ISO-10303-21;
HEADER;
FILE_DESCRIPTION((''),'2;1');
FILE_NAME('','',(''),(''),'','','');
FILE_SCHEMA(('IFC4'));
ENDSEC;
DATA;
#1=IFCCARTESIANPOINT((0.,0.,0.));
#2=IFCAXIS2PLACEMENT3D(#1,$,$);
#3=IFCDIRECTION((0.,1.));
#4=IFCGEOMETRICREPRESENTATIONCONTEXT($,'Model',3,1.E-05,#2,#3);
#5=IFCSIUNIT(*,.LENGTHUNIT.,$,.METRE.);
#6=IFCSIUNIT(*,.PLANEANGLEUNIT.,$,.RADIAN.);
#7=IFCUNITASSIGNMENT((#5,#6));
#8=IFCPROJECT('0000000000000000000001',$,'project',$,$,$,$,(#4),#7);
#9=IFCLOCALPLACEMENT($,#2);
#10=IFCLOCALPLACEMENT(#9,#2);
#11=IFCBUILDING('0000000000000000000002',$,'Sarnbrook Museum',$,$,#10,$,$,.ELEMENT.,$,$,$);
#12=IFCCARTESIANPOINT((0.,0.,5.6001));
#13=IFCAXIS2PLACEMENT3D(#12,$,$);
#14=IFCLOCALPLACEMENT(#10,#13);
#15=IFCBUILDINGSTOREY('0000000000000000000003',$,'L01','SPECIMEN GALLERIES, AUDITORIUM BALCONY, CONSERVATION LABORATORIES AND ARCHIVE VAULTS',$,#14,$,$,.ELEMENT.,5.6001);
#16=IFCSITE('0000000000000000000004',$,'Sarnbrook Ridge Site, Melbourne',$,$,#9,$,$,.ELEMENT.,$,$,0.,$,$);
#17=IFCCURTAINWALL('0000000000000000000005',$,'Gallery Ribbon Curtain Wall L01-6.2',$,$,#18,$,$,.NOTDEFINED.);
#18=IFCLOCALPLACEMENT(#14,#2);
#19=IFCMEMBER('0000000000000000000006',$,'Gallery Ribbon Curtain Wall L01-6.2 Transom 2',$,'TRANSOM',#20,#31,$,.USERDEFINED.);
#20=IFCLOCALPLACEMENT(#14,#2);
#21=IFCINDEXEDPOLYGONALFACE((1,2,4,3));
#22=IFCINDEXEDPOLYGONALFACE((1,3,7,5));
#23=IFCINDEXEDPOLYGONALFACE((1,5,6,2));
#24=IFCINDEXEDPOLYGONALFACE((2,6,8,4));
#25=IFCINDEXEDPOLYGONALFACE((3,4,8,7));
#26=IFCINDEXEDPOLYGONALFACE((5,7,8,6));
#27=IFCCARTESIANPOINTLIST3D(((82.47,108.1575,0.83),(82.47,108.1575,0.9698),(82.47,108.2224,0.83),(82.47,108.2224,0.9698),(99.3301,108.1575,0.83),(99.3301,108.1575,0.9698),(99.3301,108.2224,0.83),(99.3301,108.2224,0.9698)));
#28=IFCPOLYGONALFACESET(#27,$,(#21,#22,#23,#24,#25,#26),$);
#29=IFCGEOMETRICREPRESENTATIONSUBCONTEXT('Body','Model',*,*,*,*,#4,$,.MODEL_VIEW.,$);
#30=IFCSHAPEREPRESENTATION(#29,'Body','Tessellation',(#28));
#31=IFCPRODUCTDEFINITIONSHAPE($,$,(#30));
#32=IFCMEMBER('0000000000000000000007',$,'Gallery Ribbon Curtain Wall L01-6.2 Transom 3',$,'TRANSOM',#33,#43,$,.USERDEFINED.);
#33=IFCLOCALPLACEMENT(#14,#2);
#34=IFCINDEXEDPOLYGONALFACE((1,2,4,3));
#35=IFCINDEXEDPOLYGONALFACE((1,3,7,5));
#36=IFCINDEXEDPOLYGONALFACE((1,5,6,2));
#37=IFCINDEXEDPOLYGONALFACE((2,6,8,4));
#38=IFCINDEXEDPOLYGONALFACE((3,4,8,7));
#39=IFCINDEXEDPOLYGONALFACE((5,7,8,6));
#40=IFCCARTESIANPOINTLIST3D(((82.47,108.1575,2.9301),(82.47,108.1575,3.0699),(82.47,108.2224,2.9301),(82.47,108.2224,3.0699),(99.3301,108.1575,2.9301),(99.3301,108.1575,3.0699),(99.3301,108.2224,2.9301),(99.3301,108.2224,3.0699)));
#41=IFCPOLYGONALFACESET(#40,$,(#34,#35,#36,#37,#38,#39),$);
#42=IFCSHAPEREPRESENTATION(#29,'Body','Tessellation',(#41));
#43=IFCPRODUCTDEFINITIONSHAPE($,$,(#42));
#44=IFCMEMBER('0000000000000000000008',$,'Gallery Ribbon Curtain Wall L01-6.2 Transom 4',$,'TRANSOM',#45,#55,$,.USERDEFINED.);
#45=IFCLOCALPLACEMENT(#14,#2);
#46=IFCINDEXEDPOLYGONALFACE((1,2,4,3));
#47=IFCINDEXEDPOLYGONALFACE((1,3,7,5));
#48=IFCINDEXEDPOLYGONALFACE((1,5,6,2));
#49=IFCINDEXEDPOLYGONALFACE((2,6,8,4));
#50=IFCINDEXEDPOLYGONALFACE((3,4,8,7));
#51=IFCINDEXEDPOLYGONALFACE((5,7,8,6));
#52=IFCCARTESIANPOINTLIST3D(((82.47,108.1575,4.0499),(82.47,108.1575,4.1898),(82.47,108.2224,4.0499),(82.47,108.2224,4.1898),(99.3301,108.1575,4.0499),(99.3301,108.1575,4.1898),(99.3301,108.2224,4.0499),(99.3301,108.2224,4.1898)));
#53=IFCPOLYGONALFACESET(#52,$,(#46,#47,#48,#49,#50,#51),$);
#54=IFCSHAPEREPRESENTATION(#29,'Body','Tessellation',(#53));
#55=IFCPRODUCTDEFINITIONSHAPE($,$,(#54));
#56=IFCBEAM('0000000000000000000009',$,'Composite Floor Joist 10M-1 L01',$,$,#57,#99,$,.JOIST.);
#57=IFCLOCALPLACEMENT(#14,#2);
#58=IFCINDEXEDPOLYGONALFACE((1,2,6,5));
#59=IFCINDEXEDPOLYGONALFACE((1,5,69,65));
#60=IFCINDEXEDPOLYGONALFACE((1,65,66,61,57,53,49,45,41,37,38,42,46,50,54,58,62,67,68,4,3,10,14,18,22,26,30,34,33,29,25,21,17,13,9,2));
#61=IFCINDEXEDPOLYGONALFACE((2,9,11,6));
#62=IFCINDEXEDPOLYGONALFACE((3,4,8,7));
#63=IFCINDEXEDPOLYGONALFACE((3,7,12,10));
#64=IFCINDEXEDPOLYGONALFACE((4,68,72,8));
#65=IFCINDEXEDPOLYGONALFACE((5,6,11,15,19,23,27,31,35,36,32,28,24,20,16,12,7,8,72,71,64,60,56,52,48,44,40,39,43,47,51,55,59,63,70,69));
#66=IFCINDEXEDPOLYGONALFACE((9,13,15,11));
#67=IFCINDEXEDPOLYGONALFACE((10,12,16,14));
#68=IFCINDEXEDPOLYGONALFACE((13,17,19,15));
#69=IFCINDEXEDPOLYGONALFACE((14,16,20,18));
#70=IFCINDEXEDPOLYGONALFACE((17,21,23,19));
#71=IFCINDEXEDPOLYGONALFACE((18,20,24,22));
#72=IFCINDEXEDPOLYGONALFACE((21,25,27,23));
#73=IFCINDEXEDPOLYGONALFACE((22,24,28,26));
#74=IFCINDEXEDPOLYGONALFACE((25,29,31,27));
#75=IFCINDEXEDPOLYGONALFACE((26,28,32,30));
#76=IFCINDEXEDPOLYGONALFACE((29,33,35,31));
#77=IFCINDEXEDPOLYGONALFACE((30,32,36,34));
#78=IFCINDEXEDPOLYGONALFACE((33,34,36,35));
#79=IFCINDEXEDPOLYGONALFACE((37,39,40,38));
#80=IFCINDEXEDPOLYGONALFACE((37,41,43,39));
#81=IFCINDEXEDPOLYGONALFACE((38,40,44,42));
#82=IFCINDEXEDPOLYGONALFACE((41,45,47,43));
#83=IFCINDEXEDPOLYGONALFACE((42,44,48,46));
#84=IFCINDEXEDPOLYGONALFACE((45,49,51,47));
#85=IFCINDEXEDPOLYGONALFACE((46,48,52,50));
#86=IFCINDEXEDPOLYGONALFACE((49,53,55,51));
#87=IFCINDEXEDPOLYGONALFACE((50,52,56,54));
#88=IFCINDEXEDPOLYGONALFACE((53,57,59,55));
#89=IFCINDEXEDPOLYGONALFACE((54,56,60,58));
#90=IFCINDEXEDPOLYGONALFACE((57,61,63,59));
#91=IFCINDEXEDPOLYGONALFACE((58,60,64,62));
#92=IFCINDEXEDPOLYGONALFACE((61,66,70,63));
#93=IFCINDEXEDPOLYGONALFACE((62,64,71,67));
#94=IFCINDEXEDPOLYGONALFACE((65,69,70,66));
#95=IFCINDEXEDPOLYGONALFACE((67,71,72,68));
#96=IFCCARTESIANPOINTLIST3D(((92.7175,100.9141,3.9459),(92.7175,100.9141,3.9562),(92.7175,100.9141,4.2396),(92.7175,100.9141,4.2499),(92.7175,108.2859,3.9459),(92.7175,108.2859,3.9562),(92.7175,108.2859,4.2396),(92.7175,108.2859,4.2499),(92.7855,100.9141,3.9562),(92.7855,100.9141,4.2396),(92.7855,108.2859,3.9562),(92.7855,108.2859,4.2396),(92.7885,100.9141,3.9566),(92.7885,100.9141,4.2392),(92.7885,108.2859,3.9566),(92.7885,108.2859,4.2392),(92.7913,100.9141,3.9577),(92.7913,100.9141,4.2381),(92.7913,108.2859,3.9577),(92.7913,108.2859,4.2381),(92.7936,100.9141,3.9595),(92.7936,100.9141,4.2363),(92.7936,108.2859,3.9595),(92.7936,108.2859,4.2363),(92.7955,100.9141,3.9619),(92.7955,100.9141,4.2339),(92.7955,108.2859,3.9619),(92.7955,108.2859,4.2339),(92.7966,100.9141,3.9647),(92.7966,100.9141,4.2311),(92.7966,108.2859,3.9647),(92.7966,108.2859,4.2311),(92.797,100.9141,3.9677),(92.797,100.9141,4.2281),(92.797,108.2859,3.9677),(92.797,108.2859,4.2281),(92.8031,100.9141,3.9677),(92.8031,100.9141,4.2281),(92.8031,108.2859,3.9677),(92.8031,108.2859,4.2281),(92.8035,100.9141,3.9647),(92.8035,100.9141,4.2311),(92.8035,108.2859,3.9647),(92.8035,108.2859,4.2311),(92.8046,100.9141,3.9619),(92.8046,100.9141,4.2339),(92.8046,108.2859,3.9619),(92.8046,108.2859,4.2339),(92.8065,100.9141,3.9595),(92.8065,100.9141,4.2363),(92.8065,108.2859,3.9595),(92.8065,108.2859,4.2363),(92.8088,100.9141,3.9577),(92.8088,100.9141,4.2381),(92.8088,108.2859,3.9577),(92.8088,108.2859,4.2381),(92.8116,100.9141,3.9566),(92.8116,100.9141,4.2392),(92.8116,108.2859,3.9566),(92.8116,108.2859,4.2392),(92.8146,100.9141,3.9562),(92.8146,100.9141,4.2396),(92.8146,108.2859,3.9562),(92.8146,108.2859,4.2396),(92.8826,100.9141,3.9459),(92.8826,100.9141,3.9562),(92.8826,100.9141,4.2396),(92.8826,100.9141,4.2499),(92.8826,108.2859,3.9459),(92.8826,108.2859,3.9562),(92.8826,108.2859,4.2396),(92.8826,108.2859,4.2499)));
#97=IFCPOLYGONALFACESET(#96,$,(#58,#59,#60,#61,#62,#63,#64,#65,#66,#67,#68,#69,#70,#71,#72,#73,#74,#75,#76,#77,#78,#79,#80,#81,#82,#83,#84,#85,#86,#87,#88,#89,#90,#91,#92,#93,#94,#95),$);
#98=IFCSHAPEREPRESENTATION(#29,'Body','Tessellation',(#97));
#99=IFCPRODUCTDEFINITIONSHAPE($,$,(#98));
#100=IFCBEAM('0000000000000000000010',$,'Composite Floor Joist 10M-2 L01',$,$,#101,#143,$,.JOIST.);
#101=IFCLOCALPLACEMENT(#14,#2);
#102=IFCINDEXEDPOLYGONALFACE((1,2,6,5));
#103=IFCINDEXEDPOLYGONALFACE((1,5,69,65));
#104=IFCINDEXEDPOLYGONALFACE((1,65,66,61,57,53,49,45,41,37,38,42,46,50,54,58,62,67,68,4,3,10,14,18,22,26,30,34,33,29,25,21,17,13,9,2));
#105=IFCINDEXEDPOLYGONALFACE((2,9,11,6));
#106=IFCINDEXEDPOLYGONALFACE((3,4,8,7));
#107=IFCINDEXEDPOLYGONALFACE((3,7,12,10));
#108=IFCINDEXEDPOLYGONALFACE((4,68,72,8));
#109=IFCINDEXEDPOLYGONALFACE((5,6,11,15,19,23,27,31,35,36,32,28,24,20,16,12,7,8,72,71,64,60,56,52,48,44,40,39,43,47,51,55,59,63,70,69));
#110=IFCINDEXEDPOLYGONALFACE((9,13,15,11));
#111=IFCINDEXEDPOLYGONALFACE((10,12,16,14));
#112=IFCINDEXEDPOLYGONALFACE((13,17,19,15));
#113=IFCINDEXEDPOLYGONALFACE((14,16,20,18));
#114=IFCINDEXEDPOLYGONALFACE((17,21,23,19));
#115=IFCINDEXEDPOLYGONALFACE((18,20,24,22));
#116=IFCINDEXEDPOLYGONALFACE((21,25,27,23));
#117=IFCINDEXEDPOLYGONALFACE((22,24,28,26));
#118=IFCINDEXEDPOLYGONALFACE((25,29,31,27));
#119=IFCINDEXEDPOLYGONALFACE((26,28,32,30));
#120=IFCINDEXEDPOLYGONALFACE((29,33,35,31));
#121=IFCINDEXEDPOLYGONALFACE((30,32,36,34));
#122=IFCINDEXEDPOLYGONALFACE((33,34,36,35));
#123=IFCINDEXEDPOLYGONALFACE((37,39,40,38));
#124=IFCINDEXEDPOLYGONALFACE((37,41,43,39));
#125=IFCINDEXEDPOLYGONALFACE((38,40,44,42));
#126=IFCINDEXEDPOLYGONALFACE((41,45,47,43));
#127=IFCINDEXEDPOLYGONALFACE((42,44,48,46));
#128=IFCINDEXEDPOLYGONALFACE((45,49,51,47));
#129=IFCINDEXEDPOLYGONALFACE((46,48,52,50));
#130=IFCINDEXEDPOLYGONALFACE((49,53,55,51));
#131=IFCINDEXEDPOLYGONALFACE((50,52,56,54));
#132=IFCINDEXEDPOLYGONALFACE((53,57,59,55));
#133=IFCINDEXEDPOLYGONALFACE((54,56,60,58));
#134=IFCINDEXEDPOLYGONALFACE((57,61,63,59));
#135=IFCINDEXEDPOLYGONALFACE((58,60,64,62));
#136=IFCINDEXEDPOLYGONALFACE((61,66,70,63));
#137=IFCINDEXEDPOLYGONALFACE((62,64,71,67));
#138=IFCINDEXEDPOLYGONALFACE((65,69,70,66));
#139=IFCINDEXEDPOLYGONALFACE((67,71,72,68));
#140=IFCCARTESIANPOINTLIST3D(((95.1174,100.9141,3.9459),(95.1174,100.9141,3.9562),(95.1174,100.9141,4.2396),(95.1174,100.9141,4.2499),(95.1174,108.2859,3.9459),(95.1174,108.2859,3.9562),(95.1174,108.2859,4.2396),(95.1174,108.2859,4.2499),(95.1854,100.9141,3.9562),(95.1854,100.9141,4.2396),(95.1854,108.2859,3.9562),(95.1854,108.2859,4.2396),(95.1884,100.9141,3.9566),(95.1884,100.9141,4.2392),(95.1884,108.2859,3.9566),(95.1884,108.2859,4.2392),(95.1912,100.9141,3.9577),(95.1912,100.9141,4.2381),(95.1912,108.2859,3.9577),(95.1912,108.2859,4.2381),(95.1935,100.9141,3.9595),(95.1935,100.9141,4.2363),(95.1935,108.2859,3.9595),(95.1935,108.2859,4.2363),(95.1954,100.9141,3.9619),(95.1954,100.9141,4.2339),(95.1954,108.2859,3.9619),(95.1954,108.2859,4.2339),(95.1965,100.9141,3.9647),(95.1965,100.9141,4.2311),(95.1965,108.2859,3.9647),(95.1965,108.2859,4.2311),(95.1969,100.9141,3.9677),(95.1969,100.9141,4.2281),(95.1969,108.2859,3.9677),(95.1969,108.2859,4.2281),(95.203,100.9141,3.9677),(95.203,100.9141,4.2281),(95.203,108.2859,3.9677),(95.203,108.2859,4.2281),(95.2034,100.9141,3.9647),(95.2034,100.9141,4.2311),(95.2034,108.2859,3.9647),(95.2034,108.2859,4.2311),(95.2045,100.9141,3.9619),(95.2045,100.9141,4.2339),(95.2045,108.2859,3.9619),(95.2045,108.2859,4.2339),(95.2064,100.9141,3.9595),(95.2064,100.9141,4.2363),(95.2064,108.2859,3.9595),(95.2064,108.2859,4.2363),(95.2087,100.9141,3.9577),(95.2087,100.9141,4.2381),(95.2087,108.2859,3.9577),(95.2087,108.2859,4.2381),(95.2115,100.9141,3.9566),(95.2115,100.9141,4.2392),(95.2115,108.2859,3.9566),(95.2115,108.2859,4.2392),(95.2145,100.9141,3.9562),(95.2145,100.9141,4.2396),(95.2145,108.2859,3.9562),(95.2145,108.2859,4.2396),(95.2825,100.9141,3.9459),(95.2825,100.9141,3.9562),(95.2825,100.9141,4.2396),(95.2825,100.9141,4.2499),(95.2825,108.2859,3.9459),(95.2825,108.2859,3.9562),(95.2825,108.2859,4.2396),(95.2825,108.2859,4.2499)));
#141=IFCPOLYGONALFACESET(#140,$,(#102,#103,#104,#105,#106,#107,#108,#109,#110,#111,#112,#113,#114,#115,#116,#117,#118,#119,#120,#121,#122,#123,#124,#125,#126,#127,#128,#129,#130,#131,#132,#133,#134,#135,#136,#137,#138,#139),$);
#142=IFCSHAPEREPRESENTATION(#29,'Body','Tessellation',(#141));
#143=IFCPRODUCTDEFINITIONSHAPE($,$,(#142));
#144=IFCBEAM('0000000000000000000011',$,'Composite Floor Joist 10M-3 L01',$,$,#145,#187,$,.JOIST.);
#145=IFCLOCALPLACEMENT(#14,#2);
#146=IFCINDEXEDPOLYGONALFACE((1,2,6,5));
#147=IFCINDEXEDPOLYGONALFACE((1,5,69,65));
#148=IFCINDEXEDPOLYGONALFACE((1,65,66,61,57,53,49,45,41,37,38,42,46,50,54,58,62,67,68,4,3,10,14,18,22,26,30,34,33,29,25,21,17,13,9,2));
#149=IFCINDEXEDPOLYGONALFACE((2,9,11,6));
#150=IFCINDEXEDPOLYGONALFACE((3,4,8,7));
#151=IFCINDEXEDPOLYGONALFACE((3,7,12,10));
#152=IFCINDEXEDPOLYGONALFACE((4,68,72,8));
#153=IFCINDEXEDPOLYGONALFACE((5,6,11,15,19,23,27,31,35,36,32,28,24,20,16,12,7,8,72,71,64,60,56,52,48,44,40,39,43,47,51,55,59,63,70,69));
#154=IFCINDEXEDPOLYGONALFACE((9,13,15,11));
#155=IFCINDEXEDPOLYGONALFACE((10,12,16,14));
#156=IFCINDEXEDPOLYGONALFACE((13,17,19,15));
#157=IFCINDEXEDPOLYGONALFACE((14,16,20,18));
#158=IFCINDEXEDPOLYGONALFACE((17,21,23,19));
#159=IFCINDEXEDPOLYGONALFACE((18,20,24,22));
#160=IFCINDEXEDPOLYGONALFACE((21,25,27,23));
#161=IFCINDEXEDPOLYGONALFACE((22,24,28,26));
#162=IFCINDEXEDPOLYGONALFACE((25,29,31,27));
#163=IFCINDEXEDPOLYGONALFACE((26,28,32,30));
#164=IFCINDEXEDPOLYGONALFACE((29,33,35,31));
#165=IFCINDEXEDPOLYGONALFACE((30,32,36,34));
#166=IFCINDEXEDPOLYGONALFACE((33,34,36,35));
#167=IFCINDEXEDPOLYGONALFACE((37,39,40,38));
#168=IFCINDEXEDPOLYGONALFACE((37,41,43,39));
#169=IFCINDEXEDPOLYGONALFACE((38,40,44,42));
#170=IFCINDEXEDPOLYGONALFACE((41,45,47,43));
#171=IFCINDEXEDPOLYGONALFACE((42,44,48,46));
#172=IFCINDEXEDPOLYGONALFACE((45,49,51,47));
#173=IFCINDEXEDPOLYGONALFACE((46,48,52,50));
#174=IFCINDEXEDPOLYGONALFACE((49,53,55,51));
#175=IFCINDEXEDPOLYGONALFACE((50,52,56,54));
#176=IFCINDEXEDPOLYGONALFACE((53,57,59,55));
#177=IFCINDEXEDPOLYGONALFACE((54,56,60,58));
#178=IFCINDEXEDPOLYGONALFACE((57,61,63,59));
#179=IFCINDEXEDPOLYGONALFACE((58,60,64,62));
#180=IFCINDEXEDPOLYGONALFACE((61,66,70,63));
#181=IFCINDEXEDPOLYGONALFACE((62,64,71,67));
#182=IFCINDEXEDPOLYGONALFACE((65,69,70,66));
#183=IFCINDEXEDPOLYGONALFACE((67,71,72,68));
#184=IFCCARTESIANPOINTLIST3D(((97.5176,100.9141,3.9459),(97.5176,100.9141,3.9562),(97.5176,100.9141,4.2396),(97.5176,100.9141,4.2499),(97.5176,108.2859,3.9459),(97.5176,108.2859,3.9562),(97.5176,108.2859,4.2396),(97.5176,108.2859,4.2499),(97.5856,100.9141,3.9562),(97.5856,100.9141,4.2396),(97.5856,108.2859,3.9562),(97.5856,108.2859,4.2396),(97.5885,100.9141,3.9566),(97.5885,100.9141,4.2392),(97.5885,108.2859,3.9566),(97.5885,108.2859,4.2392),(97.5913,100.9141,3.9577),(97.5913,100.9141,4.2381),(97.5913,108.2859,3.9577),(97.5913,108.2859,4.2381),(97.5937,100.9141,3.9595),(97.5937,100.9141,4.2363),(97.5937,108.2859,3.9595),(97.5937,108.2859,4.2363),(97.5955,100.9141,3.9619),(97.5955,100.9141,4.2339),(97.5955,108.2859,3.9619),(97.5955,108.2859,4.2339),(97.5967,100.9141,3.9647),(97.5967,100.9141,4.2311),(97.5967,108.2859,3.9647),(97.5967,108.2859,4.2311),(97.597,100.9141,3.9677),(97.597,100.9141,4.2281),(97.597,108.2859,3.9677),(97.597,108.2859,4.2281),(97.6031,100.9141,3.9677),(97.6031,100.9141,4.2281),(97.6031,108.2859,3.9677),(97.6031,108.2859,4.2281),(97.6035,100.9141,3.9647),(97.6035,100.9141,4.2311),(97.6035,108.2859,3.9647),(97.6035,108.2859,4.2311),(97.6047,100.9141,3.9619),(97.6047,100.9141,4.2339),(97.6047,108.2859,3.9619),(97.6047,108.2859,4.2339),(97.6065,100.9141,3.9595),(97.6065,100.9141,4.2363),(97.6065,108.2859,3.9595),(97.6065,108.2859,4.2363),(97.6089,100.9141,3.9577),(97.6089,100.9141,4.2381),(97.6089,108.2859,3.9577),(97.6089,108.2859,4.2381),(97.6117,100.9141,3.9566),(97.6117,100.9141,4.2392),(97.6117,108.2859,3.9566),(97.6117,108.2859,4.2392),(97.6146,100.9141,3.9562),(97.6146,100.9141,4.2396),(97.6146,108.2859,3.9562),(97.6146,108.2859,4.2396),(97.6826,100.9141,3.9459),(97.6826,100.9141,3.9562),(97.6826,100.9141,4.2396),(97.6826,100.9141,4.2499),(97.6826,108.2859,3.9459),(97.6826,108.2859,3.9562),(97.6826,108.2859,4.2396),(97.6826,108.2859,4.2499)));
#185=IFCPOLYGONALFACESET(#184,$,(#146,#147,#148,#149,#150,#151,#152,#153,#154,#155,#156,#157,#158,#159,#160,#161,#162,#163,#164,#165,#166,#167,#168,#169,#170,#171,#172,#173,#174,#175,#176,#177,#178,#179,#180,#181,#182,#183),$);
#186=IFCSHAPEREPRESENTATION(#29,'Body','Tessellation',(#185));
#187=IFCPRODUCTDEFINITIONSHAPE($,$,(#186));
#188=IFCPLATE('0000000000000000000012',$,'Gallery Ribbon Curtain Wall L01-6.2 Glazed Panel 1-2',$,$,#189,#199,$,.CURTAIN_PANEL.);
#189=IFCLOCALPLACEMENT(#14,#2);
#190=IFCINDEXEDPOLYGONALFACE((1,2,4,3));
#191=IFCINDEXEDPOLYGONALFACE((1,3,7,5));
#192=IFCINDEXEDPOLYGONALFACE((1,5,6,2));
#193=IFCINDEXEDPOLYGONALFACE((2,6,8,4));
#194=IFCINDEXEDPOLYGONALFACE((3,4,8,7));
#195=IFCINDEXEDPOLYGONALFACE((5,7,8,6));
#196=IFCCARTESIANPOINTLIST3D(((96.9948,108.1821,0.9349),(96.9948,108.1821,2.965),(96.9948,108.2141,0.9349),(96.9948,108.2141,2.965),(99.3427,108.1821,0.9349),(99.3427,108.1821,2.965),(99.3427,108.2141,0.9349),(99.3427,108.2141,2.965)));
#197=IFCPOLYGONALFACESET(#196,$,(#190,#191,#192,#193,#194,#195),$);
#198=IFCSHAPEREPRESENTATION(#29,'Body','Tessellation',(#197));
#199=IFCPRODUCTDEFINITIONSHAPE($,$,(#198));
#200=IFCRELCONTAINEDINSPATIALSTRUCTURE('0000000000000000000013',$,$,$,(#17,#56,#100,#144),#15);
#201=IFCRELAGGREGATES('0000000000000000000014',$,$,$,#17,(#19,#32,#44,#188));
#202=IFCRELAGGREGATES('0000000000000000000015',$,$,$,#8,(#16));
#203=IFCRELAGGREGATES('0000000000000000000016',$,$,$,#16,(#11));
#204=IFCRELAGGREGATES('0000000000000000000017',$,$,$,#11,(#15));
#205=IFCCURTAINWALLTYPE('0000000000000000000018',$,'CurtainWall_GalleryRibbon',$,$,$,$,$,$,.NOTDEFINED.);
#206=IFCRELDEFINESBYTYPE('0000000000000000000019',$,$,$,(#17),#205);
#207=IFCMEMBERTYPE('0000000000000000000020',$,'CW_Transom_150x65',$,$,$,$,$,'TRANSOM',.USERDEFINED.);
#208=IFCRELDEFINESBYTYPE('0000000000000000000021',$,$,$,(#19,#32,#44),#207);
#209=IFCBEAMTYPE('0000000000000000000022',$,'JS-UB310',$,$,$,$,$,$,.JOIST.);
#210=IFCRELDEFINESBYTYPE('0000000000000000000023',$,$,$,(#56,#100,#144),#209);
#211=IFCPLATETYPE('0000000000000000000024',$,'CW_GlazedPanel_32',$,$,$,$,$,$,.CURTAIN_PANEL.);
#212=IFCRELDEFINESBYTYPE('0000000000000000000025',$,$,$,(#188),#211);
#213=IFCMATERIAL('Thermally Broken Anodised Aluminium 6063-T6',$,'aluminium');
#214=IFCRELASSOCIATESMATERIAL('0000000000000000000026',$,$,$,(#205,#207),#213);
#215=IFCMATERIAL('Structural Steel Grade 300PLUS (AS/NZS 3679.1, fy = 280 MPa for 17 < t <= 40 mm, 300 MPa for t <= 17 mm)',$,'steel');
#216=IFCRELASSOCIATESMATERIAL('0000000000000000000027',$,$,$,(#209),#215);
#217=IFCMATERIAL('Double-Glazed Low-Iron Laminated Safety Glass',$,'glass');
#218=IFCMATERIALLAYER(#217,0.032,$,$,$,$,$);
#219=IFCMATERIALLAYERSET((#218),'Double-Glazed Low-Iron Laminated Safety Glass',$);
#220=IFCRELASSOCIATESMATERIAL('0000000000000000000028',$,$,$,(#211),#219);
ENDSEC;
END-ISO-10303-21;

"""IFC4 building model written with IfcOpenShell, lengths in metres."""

from ifc_helpers import new_model, si_unit, direction, frame, origin, origin_2d, place, context, subcontext, project, spatial, rectangle, i_section, extrude, material, layer, layer_set, material_profile, profile_set, type_object, element, aggregate, save


model = new_model("IFC4")

# Units and contexts
model_context = context("Model", 3, precision=1e-05, world=origin(), true_north=direction((0.0, 1.0)))
body_context = subcontext(model_context, "Body", "Model", "MODEL_VIEW")
ifc_project = project(units=[si_unit("LENGTHUNIT", "METRE"), si_unit("PLANEANGLEUNIT", "RADIAN")], contexts=[model_context])

# Site, building, storey
site_placement = place(None, origin())
site = spatial("IfcSite", under=ifc_project, at=site_placement, Name="Sarnbrook Ridge Site, Melbourne", CompositionType="ELEMENT", RefElevation=0.0)
building_placement = place(site_placement, origin())
building = spatial("IfcBuilding", under=site, at=building_placement, Name="Sarnbrook Museum", CompositionType="ELEMENT")
storey_placement = place(building_placement, frame((0.0, 0.0, 5.6001)))
storey = spatial("IfcBuildingStorey", under=building, at=storey_placement, Name="L01", Description="SPECIMEN GALLERIES, AUDITORIUM BALCONY, CONSERVATION LABORATORIES AND ARCHIVE VAULTS", CompositionType="ELEMENT", Elevation=5.6001)

# Shared definitions
ifc_material_1 = material(Name="Structural Steel Grade 300PLUS (AS/NZS 3679.1, fy = 280 MPa for 17 < t <= 40 mm, 300 MPa for t <= 17 mm)", Category="steel")

# Curtain wall, members
ifc_material_2 = material(Name="Thermally Broken Anodised Aluminium 6063-T6", Category="aluminium")
curtain_wall_type = type_object("IfcCurtainWallType", Name="CurtainWall_GalleryRibbon", PredefinedType="NOTDEFINED", material=ifc_material_2)
curtain_wall_placement = place(storey_placement, origin())
curtain_wall = element("IfcCurtainWall", 1, at=curtain_wall_placement, inside=storey, type_object=curtain_wall_type, Name="Gallery Ribbon Curtain Wall L01-6.2", PredefinedType="NOTDEFINED")
ifc_material_profile_1 = material_profile(ifc_material_2, rectangle(XDim=0.0649, YDim=0.1399, at=origin_2d()), Name="ALU TRANSOM 65x140")
ifc_profile_set_1 = profile_set([ifc_material_profile_1], Name="Thermally Broken Anodised Aluminium 6063-T6")
member_type_1 = type_object("IfcMemberType", Name="CW_Transom_150x65", ElementType="TRANSOM", PredefinedType="USERDEFINED", material=ifc_profile_set_1)
member_1_placement = place(storey_placement, frame((99.3301, 108.1899, 0.8999), z_axis=(-1.0, 0.0, 0.0), x_axis=(0.0, -1.0, 0.0)))
member_1 = element("IfcMember", 2, at=member_1_placement, type_object=member_type_1, Name="Gallery Ribbon Curtain Wall L01-6.2 Transom 2", ObjectType="TRANSOM", PredefinedType="USERDEFINED", context=body_context, shape_type="SweptSolid", body=[
    extrude(rectangle(XDim=0.0649, YDim=0.1399, at=origin_2d()), origin(), (0.0, 0.0, 1.0), 16.8601),
])
member_2_placement = place(storey_placement, frame((99.3301, 108.1899, 3.0), z_axis=(-1.0, 0.0, 0.0), x_axis=(0.0, -1.0, 0.0)))
member_2 = element("IfcMember", 3, at=member_2_placement, type_object=member_type_1, Name="Gallery Ribbon Curtain Wall L01-6.2 Transom 3", ObjectType="TRANSOM", PredefinedType="USERDEFINED", context=body_context, shape_type="SweptSolid", body=[
    extrude(rectangle(XDim=0.0649, YDim=0.1399, at=origin_2d()), origin(), (0.0, 0.0, 1.0), 16.8601),
])
member_3_placement = place(storey_placement, frame((99.3301, 108.1899, 4.1199), z_axis=(-1.0, 0.0, 0.0), x_axis=(0.0, -1.0, 0.0)))
member_3 = element("IfcMember", 4, at=member_3_placement, type_object=member_type_1, Name="Gallery Ribbon Curtain Wall L01-6.2 Transom 4", ObjectType="TRANSOM", PredefinedType="USERDEFINED", context=body_context, shape_type="SweptSolid", body=[
    extrude(rectangle(XDim=0.0649, YDim=0.1399, at=origin_2d()), origin(), (0.0, 0.0, 1.0), 16.8601),
])

# Beams
ifc_material_profile_2 = material_profile(ifc_material_1, i_section(OverallWidth=0.165, OverallDepth=0.304, WebThickness=0.0061, FlangeThickness=0.0103, FilletRadius=0.0115, at=origin_2d()), Name="310UB40.4")
ifc_profile_set_2 = profile_set([ifc_material_profile_2], Name="Structural Steel Grade 300PLUS (AS/NZS 3679.1, fy = 280 MPa for 17 < t <= 40 mm, 300 MPa for t <= 17 mm)")
beam_type_1 = type_object("IfcBeamType", Name="JS-UB310", PredefinedType="JOIST", material=ifc_profile_set_2)
for number, where, z_axis, x_axis, name in (
    (5, (92.8, 100.9141, 4.0979), (0.0, 1.0, 0.0), (-1.0, 0.0, 0.0), "Composite Floor Joist 10M-1 L01"),
    (6, (95.2, 100.9141, 4.0979), (0.0, 1.0, 0.0), (-1.0, 0.0, 0.0), "Composite Floor Joist 10M-2 L01"),
    (7, (97.6001, 100.9141, 4.0979), (0.0, 1.0, 0.0), (-1.0, 0.0, 0.0), "Composite Floor Joist 10M-3 L01"),
):
    element("IfcBeam", number, at=place(storey_placement, frame(where, z_axis=z_axis, x_axis=x_axis)), inside=storey, type_object=beam_type_1, Name=name, PredefinedType="JOIST", context=body_context, shape_type="SweptSolid", body=[
        extrude(i_section(OverallWidth=0.165, OverallDepth=0.304, WebThickness=0.0061, FlangeThickness=0.0103, FilletRadius=0.0115, at=origin_2d()), origin(), (0.0, 0.0, 1.0), 7.3718),
    ])

# Plate
ifc_material_3 = material(Name="Double-Glazed Low-Iron Laminated Safety Glass", Category="glass")
ifc_layer_1 = layer(ifc_material_3, 0.032)
ifc_layer_set_1 = layer_set([ifc_layer_1], Name="Double-Glazed Low-Iron Laminated Safety Glass")
plate_type_1 = type_object("IfcPlateType", Name="CW_GlazedPanel_32", PredefinedType="CURTAIN_PANEL", material=ifc_layer_set_1)
plate_1_placement = place(storey_placement, frame((98.1687, 108.1821, 1.95), z_axis=(0.0, 1.0, 0.0), x_axis=(-1.0, 0.0, 0.0)))
plate_1 = element("IfcPlate", 8, at=plate_1_placement, type_object=plate_type_1, Name="Gallery Ribbon Curtain Wall L01-6.2 Glazed Panel 1-2", PredefinedType="CURTAIN_PANEL", context=body_context, shape_type="SweptSolid", body=[
    extrude(rectangle(XDim=2.3479, YDim=2.03, at=origin_2d()), origin(), (0.0, 0.0, 1.0), 0.032),
])
aggregate(curtain_wall, [member_1, member_2, member_3, plate_1])

save(model, "model.ifc")
